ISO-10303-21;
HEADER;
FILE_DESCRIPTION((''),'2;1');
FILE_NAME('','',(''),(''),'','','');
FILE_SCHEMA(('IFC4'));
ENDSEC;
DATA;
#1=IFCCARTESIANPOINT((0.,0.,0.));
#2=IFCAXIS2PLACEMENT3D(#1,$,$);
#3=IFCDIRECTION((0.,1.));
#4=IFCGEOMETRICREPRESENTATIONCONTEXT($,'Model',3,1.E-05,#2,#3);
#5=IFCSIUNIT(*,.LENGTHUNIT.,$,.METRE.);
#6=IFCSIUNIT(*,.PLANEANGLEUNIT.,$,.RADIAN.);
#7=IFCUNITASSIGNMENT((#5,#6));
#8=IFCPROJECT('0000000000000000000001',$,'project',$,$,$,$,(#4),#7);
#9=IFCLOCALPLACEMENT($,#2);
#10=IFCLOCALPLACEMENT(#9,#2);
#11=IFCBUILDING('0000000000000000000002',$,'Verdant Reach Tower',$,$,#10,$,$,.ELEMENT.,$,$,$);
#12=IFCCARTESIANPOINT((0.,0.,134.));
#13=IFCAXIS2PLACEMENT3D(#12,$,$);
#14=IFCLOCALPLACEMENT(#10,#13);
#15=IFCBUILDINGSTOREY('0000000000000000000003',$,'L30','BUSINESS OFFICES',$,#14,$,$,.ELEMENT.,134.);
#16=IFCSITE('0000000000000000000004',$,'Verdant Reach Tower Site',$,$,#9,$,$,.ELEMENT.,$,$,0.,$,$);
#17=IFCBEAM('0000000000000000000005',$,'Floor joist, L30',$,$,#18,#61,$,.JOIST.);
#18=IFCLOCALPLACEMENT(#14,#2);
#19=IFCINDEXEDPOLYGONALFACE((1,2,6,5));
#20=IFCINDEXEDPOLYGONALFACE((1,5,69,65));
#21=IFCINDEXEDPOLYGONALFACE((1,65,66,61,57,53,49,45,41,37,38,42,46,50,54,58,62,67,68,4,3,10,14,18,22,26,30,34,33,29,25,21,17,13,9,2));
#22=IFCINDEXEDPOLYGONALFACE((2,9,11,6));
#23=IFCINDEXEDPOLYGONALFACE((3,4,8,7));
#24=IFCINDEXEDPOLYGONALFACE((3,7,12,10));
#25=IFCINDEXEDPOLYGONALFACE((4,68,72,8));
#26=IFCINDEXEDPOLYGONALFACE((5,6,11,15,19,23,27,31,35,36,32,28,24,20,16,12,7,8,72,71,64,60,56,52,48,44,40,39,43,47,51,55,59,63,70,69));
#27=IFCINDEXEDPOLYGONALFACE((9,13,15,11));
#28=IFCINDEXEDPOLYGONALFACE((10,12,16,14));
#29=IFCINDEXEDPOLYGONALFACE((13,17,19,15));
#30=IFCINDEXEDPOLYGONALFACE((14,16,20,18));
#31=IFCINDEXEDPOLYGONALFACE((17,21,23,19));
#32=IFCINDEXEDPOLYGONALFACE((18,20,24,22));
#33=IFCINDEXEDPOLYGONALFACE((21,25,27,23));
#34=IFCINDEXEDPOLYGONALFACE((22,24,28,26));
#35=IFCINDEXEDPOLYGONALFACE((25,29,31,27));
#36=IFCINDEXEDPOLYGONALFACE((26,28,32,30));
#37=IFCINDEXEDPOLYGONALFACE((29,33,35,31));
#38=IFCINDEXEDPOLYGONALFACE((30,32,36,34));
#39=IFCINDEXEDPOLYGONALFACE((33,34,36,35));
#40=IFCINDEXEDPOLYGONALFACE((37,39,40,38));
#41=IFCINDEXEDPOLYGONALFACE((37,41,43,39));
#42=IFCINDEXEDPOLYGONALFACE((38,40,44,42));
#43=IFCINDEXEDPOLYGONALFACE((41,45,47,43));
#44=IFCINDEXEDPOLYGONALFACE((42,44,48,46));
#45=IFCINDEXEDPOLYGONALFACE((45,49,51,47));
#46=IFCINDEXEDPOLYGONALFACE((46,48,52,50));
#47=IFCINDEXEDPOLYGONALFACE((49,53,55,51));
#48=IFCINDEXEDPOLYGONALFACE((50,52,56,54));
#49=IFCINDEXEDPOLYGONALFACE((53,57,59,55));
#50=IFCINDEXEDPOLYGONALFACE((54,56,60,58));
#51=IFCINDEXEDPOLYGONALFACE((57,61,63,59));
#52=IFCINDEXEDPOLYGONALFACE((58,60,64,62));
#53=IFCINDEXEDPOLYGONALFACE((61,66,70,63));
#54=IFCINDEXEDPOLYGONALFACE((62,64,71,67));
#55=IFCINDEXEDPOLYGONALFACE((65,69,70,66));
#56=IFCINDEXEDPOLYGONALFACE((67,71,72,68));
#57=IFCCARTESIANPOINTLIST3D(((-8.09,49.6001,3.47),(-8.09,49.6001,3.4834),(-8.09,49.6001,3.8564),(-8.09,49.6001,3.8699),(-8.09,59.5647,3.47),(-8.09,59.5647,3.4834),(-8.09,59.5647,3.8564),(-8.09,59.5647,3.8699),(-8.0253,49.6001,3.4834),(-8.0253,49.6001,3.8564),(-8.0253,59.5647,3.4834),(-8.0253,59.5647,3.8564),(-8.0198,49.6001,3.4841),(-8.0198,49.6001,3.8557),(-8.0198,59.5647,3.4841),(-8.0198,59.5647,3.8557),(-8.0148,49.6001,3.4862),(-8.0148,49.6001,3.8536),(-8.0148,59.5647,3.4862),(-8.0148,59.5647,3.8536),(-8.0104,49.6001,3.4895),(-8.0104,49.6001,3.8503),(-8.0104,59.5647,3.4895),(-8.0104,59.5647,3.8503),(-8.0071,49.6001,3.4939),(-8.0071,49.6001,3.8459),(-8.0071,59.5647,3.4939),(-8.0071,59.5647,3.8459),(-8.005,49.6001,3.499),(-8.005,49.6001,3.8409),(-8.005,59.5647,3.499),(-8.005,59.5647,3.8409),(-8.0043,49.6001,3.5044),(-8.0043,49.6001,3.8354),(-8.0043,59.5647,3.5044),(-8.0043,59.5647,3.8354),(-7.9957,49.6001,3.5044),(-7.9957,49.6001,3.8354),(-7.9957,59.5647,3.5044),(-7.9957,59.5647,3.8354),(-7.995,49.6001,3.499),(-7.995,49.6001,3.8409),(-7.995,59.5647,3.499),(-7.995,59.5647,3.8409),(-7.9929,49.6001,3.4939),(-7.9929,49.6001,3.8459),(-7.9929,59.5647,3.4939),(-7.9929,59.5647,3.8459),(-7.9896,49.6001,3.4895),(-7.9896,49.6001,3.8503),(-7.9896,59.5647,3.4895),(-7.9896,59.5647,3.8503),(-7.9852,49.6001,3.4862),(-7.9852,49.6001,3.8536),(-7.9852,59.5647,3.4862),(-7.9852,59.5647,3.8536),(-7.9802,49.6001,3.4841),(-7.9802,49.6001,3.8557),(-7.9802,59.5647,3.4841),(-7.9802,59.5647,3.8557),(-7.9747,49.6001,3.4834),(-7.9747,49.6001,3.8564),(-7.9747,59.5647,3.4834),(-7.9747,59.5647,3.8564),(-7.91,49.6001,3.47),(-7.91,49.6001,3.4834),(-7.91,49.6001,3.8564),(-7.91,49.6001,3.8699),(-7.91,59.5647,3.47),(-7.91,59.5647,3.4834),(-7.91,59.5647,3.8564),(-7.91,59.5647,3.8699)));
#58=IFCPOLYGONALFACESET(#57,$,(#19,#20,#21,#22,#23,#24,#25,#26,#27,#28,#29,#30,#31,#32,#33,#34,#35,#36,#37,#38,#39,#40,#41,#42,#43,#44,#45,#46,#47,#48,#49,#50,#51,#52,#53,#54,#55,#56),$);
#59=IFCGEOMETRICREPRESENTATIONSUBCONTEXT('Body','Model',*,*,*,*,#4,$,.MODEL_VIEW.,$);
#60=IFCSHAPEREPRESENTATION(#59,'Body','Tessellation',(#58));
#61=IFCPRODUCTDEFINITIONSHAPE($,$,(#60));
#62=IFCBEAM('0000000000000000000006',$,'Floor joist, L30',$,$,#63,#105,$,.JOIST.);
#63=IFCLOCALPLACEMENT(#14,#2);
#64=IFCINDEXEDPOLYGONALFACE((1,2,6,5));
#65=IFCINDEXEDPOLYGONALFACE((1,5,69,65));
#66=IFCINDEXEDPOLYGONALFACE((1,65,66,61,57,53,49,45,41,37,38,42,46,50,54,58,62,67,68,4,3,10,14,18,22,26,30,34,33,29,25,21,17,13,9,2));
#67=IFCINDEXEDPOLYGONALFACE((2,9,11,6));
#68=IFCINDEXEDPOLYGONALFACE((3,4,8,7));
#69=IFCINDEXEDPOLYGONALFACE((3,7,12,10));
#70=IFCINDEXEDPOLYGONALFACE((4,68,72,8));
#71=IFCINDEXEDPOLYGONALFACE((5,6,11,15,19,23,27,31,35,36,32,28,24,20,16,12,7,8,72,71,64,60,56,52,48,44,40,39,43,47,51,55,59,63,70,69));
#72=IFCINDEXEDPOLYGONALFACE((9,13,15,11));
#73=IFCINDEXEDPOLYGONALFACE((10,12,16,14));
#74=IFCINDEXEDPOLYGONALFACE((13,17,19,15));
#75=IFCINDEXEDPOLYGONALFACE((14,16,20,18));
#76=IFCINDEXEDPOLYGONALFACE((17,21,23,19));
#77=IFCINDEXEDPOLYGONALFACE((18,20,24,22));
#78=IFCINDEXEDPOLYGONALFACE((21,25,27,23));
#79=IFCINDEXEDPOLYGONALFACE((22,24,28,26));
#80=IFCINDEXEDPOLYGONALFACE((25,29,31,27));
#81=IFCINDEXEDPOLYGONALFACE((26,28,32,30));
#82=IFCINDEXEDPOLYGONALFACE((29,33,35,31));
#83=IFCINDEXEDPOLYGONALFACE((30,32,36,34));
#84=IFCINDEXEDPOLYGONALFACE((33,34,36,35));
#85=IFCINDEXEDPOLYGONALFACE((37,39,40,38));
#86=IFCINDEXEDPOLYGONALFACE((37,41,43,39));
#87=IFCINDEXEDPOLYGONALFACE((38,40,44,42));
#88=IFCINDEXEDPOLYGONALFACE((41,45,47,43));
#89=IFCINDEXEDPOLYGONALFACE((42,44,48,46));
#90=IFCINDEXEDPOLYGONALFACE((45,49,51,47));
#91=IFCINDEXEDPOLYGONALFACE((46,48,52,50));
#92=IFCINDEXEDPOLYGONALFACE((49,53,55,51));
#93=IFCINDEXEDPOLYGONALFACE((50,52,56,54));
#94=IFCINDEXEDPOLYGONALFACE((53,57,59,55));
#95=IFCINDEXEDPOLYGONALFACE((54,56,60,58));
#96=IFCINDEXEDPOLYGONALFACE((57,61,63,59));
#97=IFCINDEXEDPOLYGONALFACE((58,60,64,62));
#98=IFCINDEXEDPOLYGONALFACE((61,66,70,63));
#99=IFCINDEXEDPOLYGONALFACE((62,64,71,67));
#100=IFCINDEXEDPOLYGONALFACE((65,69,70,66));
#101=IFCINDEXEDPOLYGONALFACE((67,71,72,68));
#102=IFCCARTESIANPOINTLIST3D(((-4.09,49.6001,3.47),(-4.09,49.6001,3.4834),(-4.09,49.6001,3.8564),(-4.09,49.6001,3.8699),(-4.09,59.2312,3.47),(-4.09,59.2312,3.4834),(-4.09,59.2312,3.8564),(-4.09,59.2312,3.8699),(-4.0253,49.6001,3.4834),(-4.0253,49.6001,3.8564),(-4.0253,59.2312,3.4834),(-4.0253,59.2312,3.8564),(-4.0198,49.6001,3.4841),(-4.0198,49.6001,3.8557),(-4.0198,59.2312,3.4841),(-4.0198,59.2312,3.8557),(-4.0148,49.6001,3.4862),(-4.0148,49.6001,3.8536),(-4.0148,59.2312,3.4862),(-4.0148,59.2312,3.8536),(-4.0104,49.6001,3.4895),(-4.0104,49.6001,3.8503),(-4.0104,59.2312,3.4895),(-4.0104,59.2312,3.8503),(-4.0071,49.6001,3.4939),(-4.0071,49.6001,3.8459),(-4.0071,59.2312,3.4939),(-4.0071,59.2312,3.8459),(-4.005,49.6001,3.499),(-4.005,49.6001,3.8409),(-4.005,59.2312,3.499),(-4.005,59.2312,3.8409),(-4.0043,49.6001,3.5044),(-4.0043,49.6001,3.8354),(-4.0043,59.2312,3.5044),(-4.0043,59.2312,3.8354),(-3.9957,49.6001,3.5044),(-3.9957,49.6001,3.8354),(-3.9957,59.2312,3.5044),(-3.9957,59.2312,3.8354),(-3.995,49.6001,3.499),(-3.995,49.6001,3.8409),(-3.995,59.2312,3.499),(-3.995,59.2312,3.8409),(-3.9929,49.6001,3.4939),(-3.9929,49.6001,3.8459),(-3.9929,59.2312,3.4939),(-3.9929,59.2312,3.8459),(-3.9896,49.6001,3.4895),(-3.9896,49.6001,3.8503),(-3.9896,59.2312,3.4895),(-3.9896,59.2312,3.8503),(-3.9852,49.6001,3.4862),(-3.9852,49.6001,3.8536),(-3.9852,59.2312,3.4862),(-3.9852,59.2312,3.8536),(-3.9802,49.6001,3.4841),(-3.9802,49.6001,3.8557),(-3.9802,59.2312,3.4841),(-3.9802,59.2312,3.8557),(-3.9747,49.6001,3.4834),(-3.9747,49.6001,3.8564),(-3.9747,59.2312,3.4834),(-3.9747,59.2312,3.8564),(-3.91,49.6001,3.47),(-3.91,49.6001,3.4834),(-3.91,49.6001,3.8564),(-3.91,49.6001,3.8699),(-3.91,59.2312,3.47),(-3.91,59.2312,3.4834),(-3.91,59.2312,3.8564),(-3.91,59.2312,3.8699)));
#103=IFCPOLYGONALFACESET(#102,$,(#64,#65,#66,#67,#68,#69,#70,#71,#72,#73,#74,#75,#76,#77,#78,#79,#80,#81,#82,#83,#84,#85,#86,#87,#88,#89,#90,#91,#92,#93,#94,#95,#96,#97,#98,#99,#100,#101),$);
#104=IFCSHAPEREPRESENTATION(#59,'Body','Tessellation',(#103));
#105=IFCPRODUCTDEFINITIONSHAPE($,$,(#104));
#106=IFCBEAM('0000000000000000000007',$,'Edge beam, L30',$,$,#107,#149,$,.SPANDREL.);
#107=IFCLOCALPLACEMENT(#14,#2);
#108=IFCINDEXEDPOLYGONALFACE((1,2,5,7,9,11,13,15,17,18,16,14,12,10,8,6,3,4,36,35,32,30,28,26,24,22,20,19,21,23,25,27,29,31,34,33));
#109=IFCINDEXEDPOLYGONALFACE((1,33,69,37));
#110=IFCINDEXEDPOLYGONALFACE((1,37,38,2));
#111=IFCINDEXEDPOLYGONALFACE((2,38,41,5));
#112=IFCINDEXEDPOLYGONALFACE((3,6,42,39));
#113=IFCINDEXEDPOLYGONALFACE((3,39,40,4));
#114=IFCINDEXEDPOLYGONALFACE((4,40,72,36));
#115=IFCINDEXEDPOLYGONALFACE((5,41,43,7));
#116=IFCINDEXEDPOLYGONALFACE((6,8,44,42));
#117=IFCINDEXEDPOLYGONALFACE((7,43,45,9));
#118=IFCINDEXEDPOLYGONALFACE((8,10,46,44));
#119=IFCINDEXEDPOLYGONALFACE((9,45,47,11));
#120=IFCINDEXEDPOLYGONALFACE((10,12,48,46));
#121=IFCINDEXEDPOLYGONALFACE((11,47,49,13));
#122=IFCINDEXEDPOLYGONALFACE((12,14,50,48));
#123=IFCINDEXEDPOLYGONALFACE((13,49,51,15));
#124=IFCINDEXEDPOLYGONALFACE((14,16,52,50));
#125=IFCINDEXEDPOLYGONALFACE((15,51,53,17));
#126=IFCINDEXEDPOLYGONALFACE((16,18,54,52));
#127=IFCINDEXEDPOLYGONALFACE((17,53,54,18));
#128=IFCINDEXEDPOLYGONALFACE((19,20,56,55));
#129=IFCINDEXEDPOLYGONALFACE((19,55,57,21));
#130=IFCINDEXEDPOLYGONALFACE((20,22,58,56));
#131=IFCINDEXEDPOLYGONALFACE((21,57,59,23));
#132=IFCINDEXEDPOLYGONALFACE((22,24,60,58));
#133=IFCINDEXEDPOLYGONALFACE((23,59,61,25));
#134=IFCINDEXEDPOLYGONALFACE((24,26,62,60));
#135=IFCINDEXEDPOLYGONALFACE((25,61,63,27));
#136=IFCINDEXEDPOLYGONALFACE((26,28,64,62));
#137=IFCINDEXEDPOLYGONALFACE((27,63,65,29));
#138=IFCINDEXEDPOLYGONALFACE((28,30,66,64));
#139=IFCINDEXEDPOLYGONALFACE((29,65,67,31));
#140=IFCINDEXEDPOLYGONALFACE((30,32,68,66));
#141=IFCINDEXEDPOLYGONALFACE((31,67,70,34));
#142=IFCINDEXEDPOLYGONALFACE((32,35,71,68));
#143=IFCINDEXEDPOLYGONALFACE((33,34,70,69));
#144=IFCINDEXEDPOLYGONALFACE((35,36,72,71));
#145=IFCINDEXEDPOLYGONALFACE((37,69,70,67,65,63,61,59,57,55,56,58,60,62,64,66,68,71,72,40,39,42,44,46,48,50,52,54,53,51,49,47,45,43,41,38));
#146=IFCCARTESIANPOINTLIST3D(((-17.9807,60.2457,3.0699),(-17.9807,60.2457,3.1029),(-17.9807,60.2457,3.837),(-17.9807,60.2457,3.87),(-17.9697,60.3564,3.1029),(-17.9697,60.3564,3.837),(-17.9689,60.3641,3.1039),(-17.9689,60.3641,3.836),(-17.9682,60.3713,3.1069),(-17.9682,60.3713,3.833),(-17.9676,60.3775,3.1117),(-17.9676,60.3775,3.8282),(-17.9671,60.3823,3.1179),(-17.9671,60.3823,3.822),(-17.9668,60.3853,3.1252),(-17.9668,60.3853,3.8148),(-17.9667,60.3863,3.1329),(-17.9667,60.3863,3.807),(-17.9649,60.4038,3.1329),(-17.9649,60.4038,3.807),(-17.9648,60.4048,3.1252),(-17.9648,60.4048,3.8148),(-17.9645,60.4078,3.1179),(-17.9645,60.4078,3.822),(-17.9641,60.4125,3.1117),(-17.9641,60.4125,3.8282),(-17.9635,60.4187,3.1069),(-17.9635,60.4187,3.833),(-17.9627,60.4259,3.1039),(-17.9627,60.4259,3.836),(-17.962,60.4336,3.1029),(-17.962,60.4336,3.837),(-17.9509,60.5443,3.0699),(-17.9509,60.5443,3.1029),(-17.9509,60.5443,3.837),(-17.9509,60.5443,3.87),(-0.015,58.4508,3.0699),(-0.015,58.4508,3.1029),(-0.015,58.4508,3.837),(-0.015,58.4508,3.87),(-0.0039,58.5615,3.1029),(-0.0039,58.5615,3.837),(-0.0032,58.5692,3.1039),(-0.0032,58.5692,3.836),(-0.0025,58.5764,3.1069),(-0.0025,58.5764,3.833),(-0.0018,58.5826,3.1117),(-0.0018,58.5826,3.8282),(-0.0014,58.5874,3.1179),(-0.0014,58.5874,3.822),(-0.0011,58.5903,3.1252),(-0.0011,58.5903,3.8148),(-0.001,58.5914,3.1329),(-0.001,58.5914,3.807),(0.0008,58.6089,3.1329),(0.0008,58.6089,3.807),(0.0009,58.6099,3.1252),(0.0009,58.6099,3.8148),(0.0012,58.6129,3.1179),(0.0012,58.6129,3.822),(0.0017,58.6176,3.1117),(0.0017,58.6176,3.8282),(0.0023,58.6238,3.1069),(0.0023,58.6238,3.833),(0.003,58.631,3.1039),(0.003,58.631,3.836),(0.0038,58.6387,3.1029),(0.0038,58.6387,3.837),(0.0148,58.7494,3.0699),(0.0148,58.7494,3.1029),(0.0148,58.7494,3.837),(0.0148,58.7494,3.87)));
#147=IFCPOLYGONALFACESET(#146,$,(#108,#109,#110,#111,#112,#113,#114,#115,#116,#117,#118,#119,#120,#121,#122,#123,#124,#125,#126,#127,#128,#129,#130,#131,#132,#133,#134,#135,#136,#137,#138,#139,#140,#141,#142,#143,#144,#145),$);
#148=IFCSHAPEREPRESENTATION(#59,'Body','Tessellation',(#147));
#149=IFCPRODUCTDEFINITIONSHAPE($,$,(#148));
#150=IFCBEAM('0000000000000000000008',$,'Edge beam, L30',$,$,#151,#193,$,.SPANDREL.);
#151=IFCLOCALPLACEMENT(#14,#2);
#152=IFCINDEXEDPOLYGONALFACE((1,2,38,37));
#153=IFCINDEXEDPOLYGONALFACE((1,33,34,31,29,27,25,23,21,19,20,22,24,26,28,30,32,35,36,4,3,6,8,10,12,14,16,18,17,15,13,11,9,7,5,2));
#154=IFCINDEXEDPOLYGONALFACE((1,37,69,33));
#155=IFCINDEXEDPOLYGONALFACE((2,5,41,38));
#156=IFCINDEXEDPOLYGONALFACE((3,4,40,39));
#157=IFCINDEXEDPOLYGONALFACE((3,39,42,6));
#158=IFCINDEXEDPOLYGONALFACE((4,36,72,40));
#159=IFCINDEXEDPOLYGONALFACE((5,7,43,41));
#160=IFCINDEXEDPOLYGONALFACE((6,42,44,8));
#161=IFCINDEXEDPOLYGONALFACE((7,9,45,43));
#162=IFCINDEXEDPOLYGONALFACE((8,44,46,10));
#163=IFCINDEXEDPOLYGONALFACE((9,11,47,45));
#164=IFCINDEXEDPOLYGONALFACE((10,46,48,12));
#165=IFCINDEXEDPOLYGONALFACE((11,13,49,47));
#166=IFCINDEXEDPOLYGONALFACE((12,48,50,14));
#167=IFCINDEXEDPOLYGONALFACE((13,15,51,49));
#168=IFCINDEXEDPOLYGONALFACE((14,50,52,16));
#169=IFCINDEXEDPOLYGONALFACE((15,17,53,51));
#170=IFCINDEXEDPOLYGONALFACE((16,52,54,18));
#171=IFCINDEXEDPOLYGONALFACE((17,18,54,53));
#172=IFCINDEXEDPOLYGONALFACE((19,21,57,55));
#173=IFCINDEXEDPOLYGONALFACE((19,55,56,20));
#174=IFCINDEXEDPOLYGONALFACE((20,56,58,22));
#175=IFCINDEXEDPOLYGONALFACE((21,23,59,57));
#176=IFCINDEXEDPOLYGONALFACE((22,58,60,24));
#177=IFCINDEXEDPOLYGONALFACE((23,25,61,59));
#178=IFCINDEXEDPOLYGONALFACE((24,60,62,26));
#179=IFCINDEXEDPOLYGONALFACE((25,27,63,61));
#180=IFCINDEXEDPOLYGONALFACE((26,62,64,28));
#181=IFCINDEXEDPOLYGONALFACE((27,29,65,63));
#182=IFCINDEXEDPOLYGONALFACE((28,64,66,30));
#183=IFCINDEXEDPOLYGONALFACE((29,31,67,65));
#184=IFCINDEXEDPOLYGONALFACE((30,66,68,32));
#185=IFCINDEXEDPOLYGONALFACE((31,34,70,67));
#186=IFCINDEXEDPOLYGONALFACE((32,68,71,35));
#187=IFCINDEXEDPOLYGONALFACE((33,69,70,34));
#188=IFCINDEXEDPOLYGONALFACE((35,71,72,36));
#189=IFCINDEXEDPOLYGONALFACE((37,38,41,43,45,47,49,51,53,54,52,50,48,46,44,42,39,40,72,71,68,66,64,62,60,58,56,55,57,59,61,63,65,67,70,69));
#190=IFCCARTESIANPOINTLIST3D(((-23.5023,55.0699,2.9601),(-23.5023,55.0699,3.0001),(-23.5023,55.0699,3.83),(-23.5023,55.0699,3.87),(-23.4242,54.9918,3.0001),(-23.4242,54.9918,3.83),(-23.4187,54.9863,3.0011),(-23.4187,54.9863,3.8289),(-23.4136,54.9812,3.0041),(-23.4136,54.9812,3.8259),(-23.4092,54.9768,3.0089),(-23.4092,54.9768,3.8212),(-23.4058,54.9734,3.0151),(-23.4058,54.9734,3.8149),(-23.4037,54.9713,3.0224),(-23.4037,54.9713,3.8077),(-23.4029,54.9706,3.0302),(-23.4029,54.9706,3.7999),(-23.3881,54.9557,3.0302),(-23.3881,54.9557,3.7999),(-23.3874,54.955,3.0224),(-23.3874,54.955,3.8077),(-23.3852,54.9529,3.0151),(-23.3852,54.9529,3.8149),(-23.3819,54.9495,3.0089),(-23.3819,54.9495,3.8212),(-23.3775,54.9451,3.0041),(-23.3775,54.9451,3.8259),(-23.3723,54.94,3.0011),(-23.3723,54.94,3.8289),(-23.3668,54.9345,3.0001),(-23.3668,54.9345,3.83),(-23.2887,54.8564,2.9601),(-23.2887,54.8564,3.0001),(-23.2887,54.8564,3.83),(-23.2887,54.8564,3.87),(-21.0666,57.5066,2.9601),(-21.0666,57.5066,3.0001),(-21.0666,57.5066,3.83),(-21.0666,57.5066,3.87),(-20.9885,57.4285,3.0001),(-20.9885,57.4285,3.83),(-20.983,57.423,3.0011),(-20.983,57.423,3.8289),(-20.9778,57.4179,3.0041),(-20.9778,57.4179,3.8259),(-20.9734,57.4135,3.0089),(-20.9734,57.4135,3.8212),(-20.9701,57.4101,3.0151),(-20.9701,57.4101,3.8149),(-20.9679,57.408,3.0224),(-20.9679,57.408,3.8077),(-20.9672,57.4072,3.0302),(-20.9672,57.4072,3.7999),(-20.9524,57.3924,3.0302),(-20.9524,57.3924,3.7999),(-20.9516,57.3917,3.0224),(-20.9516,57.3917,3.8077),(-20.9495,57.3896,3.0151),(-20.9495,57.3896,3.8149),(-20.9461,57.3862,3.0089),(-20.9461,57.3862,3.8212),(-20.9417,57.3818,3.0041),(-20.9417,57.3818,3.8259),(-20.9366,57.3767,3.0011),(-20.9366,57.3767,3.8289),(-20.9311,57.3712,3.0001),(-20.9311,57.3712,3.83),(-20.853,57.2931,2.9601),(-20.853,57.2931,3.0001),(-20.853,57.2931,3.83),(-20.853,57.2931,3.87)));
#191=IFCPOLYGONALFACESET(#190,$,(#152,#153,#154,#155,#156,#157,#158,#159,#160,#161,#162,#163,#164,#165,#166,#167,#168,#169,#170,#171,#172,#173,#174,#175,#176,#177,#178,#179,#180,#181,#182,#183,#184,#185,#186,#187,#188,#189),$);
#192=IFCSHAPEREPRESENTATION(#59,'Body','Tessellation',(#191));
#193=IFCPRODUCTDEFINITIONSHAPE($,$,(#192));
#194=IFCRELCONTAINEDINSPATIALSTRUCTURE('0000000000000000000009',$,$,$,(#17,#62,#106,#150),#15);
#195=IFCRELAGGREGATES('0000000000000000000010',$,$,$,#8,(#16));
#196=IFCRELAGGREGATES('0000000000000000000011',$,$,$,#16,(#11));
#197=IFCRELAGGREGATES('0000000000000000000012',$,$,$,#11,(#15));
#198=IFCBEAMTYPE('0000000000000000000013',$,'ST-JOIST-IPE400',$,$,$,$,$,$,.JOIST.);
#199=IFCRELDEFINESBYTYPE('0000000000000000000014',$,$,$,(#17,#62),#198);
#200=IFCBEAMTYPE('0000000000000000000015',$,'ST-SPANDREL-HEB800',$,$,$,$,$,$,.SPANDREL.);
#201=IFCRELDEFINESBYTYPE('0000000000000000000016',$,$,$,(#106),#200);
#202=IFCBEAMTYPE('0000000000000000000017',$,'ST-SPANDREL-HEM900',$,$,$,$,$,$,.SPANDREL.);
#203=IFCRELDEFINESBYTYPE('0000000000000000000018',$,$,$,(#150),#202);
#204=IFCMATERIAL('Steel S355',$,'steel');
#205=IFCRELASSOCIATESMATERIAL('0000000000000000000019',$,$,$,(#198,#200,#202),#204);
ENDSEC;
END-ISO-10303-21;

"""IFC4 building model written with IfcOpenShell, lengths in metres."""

from ifc_helpers import new_model, si_unit, direction, frame, origin, origin_2d, place, context, subcontext, project, spatial, i_section, extrude, material, material_profile, profile_set, type_object, element, save


model = new_model("IFC4")

# Units and contexts
model_context = context("Model", 3, precision=1e-05, world=origin(), true_north=direction((0.0, 1.0)))
body_context = subcontext(model_context, "Body", "Model", "MODEL_VIEW")
ifc_project = project(units=[si_unit("LENGTHUNIT", "METRE"), si_unit("PLANEANGLEUNIT", "RADIAN")], contexts=[model_context])

# Site, building, storey
site_placement = place(None, origin())
site = spatial("IfcSite", under=ifc_project, at=site_placement, Name="Verdant Reach Tower Site", CompositionType="ELEMENT", RefElevation=0.0)
building_placement = place(site_placement, origin())
building = spatial("IfcBuilding", under=site, at=building_placement, Name="Verdant Reach Tower", CompositionType="ELEMENT")
storey_placement = place(building_placement, frame((0.0, 0.0, 134.0)))
storey = spatial("IfcBuildingStorey", under=building, at=storey_placement, Name="L30", Description="BUSINESS OFFICES", CompositionType="ELEMENT", Elevation=134.0)

# Beams
ifc_material_1 = material(Name="Steel S355", Category="steel")
ifc_material_profile_1 = material_profile(ifc_material_1, i_section(OverallWidth=0.1799, OverallDepth=0.3999, WebThickness=0.0085, FlangeThickness=0.0134, FilletRadius=0.021, at=origin_2d()), Name="IPE 400")
ifc_profile_set_1 = profile_set([ifc_material_profile_1], Name="Steel S355")
beam_type_1 = type_object("IfcBeamType", Name="ST-JOIST-IPE400", PredefinedType="JOIST", material=ifc_profile_set_1)
beam_1_placement = place(storey_placement, frame((-8.0, 49.6001, 3.6699), z_axis=(0.0, 1.0, 0.0), x_axis=(-1.0, 0.0, 0.0)))
element("IfcBeam", 1, at=beam_1_placement, inside=storey, type_object=beam_type_1, Name="Floor joist, L30", PredefinedType="JOIST", context=body_context, shape_type="SweptSolid", body=[
    extrude(i_section(OverallWidth=0.1799, OverallDepth=0.3999, WebThickness=0.0085, FlangeThickness=0.0134, FilletRadius=0.021, at=origin_2d()), origin(), (0.0, 0.0, 1.0), 9.9646),
])
beam_2_placement = place(storey_placement, frame((-4.0, 49.6001, 3.6699), z_axis=(0.0, 1.0, 0.0), x_axis=(-1.0, 0.0, 0.0)))
element("IfcBeam", 2, at=beam_2_placement, inside=storey, type_object=beam_type_1, Name="Floor joist, L30", PredefinedType="JOIST", context=body_context, shape_type="SweptSolid", body=[
    extrude(i_section(OverallWidth=0.1799, OverallDepth=0.3999, WebThickness=0.0085, FlangeThickness=0.0134, FilletRadius=0.021, at=origin_2d()), origin(), (0.0, 0.0, 1.0), 9.6311),
])
ifc_material_profile_2 = material_profile(ifc_material_1, i_section(OverallWidth=0.3, OverallDepth=0.8, WebThickness=0.0176, FlangeThickness=0.033, FilletRadius=0.03, at=origin_2d()), Name="HEB 800")
ifc_profile_set_2 = profile_set([ifc_material_profile_2], Name="Steel S355")
beam_type_2 = type_object("IfcBeamType", Name="ST-SPANDREL-HEB800", PredefinedType="SPANDREL", material=ifc_profile_set_2)
beam_3_placement = place(storey_placement, frame((-17.9658, 60.395, 3.47), z_axis=(0.995046, -0.099413, 0.0), x_axis=(0.099413, 0.995046, 0.0)))
element("IfcBeam", 3, at=beam_3_placement, inside=storey, type_object=beam_type_2, Name="Edge beam, L30", PredefinedType="SPANDREL", context=body_context, shape_type="SweptSolid", body=[
    extrude(i_section(OverallWidth=0.3, OverallDepth=0.8, WebThickness=0.0176, FlangeThickness=0.033, FilletRadius=0.03, at=origin_2d()), origin(), (0.0, 0.0, 1.0), 18.0552),
])
ifc_material_profile_3 = material_profile(ifc_material_1, i_section(OverallWidth=0.302, OverallDepth=0.9099, WebThickness=0.021, FlangeThickness=0.04, FilletRadius=0.03, at=origin_2d()), Name="HEM 900")
ifc_profile_set_3 = profile_set([ifc_material_profile_3], Name="Steel S355")
beam_type_3 = type_object("IfcBeamType", Name="ST-SPANDREL-HEM900", PredefinedType="SPANDREL", material=ifc_profile_set_3)
beam_4_placement = place(storey_placement, frame((-23.3955, 54.9631, 3.415), z_axis=(0.706965, 0.707248, 0.0), x_axis=(-0.707248, 0.706965, 0.0)))
element("IfcBeam", 4, at=beam_4_placement, inside=storey, type_object=beam_type_3, Name="Edge beam, L30", PredefinedType="SPANDREL", context=body_context, shape_type="SweptSolid", body=[
    extrude(i_section(OverallWidth=0.302, OverallDepth=0.9099, WebThickness=0.021, FlangeThickness=0.04, FilletRadius=0.03, at=origin_2d()), origin(), (0.0, 0.0, 1.0), 3.4453),
])

save(model, "model.ifc")
